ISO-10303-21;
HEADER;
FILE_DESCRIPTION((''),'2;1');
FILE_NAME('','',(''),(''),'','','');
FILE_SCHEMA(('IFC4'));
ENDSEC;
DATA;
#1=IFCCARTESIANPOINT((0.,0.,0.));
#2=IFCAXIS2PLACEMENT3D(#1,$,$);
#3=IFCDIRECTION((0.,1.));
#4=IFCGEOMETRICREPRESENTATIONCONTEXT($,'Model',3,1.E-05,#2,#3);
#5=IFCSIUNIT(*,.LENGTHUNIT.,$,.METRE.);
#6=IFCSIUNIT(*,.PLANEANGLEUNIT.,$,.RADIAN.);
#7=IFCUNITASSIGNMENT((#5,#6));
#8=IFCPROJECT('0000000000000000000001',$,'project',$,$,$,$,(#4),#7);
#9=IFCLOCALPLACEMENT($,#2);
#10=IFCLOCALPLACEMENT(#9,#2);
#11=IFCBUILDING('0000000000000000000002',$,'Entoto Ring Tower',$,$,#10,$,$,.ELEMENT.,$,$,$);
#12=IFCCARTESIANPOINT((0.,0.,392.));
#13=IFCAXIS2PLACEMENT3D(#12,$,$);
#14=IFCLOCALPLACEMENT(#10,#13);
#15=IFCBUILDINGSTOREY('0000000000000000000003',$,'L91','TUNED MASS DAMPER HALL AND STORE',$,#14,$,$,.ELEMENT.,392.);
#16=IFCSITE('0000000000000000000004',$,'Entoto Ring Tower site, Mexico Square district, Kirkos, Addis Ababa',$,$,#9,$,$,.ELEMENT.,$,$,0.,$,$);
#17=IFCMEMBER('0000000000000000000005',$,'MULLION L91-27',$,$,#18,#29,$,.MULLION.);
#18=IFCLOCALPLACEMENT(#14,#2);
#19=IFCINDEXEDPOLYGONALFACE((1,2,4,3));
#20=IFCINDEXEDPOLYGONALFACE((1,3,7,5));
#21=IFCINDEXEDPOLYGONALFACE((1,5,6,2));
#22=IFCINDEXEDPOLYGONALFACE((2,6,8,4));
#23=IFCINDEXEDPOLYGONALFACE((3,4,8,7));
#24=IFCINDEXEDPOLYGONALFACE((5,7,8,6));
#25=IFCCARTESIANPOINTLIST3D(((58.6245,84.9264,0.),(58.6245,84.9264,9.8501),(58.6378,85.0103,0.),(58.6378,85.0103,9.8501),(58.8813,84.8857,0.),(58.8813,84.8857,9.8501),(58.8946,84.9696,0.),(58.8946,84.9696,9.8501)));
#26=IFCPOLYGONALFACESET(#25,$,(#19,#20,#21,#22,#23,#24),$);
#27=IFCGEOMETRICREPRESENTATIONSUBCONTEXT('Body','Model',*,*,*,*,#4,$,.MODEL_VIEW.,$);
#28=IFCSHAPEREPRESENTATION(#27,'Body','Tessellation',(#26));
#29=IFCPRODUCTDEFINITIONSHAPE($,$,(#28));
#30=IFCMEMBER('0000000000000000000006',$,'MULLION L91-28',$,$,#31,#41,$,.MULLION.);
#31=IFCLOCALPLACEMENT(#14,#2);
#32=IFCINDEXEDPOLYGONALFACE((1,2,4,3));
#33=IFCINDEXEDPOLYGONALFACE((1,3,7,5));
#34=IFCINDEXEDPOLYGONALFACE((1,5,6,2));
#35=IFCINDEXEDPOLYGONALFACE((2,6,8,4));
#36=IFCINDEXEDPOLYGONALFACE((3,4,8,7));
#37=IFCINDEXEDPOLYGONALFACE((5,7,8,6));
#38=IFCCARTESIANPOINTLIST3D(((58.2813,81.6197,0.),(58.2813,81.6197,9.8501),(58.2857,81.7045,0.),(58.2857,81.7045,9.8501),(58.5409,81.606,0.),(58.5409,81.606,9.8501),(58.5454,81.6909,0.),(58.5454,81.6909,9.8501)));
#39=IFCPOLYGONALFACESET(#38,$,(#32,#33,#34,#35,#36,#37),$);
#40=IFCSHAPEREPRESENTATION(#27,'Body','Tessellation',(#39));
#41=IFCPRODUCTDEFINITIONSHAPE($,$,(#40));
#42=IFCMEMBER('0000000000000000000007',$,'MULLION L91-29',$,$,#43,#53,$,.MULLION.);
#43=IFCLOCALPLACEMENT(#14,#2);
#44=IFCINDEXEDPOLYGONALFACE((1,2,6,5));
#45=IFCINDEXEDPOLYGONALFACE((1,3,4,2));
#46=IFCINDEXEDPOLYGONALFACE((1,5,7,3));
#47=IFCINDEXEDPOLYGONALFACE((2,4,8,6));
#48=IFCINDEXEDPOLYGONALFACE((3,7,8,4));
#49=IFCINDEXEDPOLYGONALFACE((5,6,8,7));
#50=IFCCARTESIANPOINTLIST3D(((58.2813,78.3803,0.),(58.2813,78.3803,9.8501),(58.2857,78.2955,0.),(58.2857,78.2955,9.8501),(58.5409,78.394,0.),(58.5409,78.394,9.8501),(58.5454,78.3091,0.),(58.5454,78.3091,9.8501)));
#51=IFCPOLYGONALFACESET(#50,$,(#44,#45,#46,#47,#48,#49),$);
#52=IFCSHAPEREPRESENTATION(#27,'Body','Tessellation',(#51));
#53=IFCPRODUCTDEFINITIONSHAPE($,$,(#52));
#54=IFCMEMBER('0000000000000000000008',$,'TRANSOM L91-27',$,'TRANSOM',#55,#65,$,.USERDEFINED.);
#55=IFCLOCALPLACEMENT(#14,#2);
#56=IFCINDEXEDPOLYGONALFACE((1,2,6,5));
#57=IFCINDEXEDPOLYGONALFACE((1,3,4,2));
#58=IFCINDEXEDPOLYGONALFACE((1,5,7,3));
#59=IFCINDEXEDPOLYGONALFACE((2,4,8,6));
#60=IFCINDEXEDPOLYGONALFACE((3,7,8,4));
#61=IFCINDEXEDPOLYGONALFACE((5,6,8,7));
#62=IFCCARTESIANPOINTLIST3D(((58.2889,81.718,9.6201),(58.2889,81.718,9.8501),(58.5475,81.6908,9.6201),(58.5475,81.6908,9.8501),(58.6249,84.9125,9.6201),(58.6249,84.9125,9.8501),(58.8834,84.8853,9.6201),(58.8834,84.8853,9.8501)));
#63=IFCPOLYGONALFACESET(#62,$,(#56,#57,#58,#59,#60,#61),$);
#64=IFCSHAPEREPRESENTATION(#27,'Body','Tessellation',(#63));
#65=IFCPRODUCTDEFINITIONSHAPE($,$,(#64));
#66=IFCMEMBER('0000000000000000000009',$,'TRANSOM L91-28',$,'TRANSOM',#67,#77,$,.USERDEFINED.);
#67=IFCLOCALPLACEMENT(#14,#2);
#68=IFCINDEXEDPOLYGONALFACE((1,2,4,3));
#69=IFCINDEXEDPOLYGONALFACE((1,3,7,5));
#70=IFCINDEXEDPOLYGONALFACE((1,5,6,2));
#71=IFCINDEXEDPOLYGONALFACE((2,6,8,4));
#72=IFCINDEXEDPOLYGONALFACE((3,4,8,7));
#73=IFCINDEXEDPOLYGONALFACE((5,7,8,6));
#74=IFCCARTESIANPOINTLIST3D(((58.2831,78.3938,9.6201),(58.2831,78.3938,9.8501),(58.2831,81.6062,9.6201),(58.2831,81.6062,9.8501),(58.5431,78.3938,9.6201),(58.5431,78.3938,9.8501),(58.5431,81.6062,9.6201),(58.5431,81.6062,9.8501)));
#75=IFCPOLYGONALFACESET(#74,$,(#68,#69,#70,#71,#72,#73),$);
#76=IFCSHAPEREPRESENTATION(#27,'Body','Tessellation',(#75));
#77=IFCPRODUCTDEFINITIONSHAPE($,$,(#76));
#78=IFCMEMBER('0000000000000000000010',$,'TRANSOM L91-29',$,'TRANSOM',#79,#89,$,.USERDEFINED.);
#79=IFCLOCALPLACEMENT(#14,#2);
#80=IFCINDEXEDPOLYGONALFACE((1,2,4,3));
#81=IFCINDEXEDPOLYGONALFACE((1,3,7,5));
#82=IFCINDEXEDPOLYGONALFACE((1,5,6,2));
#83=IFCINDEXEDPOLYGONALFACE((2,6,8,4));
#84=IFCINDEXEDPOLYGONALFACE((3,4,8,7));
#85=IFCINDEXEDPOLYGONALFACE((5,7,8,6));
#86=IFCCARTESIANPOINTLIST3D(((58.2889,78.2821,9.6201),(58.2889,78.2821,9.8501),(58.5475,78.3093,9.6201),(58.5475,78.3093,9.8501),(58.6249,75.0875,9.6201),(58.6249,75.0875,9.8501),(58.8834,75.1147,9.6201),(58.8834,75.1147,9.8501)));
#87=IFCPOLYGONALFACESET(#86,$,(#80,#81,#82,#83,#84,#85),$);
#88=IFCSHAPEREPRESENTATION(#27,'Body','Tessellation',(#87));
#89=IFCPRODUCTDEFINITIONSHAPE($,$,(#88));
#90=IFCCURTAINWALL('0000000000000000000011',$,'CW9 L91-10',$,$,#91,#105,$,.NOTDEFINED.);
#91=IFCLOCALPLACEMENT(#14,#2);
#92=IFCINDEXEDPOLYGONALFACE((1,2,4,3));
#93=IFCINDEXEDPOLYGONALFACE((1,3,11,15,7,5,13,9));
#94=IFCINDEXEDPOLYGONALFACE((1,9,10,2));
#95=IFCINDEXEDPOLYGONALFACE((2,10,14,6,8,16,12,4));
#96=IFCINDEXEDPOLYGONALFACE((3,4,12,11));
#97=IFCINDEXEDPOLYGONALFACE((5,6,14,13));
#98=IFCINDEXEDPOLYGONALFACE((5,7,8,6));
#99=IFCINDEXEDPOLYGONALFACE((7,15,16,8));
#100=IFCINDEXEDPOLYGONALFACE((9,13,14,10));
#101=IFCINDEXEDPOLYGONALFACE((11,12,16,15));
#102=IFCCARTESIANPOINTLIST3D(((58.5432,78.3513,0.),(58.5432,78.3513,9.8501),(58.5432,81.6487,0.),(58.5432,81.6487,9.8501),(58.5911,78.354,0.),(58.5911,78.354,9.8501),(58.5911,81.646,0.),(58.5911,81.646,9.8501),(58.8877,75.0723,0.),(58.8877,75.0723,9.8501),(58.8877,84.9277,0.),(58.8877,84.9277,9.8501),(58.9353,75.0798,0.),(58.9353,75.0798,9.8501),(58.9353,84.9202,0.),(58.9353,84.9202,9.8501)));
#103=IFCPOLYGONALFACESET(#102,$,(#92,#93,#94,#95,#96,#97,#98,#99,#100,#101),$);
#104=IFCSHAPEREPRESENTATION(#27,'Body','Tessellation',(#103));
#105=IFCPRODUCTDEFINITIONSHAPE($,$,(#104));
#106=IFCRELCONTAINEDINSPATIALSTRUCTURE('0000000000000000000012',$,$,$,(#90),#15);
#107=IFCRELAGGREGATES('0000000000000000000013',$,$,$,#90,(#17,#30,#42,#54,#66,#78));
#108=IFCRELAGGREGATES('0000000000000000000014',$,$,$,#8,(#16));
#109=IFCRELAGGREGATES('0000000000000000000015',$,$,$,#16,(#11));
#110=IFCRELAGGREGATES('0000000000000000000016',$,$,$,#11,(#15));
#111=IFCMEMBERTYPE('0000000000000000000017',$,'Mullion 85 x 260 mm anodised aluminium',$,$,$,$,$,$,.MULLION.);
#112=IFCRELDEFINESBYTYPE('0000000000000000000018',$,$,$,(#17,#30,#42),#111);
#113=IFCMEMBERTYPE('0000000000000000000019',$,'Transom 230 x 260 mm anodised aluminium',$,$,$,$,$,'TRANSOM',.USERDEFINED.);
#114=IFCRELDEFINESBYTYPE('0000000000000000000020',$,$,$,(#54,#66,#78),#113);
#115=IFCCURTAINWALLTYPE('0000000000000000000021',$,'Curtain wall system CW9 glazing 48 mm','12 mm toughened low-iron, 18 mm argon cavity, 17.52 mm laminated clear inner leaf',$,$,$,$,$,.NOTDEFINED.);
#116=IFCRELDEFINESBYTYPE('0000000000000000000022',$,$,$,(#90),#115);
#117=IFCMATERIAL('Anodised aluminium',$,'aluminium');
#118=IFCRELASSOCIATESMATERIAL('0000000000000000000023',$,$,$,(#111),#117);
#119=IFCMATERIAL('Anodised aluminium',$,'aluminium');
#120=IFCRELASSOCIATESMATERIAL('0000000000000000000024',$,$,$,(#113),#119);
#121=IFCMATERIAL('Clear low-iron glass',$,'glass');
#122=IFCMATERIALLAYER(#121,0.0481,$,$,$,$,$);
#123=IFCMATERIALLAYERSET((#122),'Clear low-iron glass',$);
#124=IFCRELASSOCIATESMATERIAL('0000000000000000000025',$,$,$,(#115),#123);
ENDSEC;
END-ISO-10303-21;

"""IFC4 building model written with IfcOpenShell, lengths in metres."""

from ifc_helpers import new_model, si_unit, direction, frame, origin, origin_2d, place, context, subcontext, project, spatial, polyline, rectangle, outline, extrude, material, layer, layer_set, material_profile, profile_set, type_object, element, aggregate, save


model = new_model("IFC4")

# Units and contexts
model_context = context("Model", 3, precision=1e-05, world=origin(), true_north=direction((0.0, 1.0)))
body_context = subcontext(model_context, "Body", "Model", "MODEL_VIEW")
ifc_project = project(units=[si_unit("LENGTHUNIT", "METRE"), si_unit("PLANEANGLEUNIT", "RADIAN")], contexts=[model_context])

# Members
ifc_material_1 = material(Name="Anodised aluminium", Category="aluminium")
ifc_material_profile_1 = material_profile(ifc_material_1, rectangle(XDim=0.085, YDim=0.26, at=origin_2d()), Name="Mullion 85 x 260 mm anodised aluminium")
ifc_profile_set_1 = profile_set([ifc_material_profile_1], Name="Anodised aluminium")
member_type_1 = type_object("IfcMemberType", Name="Mullion 85 x 260 mm anodised aluminium", PredefinedType="MULLION", material=ifc_profile_set_1)
site_placement = place(None, origin())
building_placement = place(site_placement, origin())
storey_placement = place(building_placement, frame((0.0, 0.0, 392.0)))
member_1_placement = place(storey_placement, frame((58.7595, 84.948, 0.0), z_axis=(0.0, 0.0, 1.0), x_axis=(-0.156434, -0.987688, 0.0)))
member_1 = element("IfcMember", 1, at=member_1_placement, type_object=member_type_1, Name="MULLION L91-27", PredefinedType="MULLION", context=body_context, shape_type="SweptSolid", body=[
    extrude(rectangle(XDim=0.085, YDim=0.26, at=origin_2d()), origin(), (0.0, 0.0, 1.0), 9.8501),
])
member_2_placement = place(storey_placement, frame((58.4133, 81.6553, 0.0), z_axis=(0.0, 0.0, 1.0), x_axis=(-0.052336, -0.99863, 0.0)))
member_2 = element("IfcMember", 2, at=member_2_placement, type_object=member_type_1, Name="MULLION L91-28", PredefinedType="MULLION", context=body_context, shape_type="SweptSolid", body=[
    extrude(rectangle(XDim=0.085, YDim=0.26, at=origin_2d()), origin(), (0.0, 0.0, 1.0), 9.8501),
])
member_3_placement = place(storey_placement, frame((58.4133, 78.3447, 0.0), z_axis=(0.0, 0.0, 1.0), x_axis=(0.052336, -0.99863, 0.0)))
member_3 = element("IfcMember", 3, at=member_3_placement, type_object=member_type_1, Name="MULLION L91-29", PredefinedType="MULLION", context=body_context, shape_type="SweptSolid", body=[
    extrude(rectangle(XDim=0.085, YDim=0.26, at=origin_2d()), origin(), (0.0, 0.0, 1.0), 9.8501),
])
ifc_material_2 = material(Name="Anodised aluminium", Category="aluminium")
ifc_material_profile_2 = material_profile(ifc_material_2, rectangle(XDim=0.26, YDim=0.23, at=origin_2d()), Name="Transom 230 x 260 mm anodised aluminium")
ifc_profile_set_2 = profile_set([ifc_material_profile_2], Name="Anodised aluminium")
member_type_2 = type_object("IfcMemberType", Name="Transom 230 x 260 mm anodised aluminium", ElementType="TRANSOM", PredefinedType="USERDEFINED", material=ifc_profile_set_2)
member_4_placement = place(storey_placement, frame((58.7542, 84.8989, 9.7351), z_axis=(-0.104582, -0.994516, 0.0), x_axis=(0.994516, -0.104582, 0.0)))
member_4 = element("IfcMember", 4, at=member_4_placement, type_object=member_type_2, Name="TRANSOM L91-27", ObjectType="TRANSOM", PredefinedType="USERDEFINED", context=body_context, shape_type="SweptSolid", body=[
    extrude(rectangle(XDim=0.26, YDim=0.23, at=origin_2d()), origin(), (0.0, 0.0, 1.0), 3.2122),
])
member_5_placement = place(storey_placement, frame((58.4131, 81.6062, 9.7351), z_axis=(0.0, -1.0, 0.0), x_axis=(1.0, 0.0, 0.0)))
member_5 = element("IfcMember", 5, at=member_5_placement, type_object=member_type_2, Name="TRANSOM L91-28", ObjectType="TRANSOM", PredefinedType="USERDEFINED", context=body_context, shape_type="SweptSolid", body=[
    extrude(rectangle(XDim=0.26, YDim=0.23, at=origin_2d()), origin(), (0.0, 0.0, 1.0), 3.2124),
])
member_6_placement = place(storey_placement, frame((58.4182, 78.2957, 9.7351), z_axis=(0.104582, -0.994516, 0.0), x_axis=(0.994516, 0.104582, 0.0)))
member_6 = element("IfcMember", 6, at=member_6_placement, type_object=member_type_2, Name="TRANSOM L91-29", ObjectType="TRANSOM", PredefinedType="USERDEFINED", context=body_context, shape_type="SweptSolid", body=[
    extrude(rectangle(XDim=0.26, YDim=0.23, at=origin_2d()), origin(), (0.0, 0.0, 1.0), 3.2122),
])

# Site, building, storey
site = spatial("IfcSite", under=ifc_project, at=site_placement, Name="Entoto Ring Tower site, Mexico Square district, Kirkos, Addis Ababa", CompositionType="ELEMENT", RefElevation=0.0)
building = spatial("IfcBuilding", under=site, at=building_placement, Name="Entoto Ring Tower", CompositionType="ELEMENT")
storey = spatial("IfcBuildingStorey", under=building, at=storey_placement, Name="L91", Description="TUNED MASS DAMPER HALL AND STORE", CompositionType="ELEMENT", Elevation=392.0)

# Curtain wall
ifc_material_3 = material(Name="Clear low-iron glass", Category="glass")
ifc_layer = layer(ifc_material_3, 0.0481)
ifc_layer_set = layer_set([ifc_layer], Name="Clear low-iron glass")
curtain_wall_type = type_object("IfcCurtainWallType", Name="Curtain wall system CW9 glazing 48 mm", Description="12 mm toughened low-iron, 18 mm argon cavity, 17.52 mm laminated clear inner leaf", PredefinedType="NOTDEFINED", material=ifc_layer_set)
curtain_wall_1_placement = place(storey_placement, origin())
curtain_wall_1 = element("IfcCurtainWall", 7, at=curtain_wall_1_placement, inside=storey, type_object=curtain_wall_type, Name="CW9 L91-10", PredefinedType="NOTDEFINED", context=body_context, shape_type="SweptSolid", body=[
    extrude(outline(polyline([(58.8877, 84.9277), (58.5432, 81.6487), (58.5432, 78.3513), (58.8877, 75.0723), (58.9353, 75.0798), (58.5911, 78.354), (58.5911, 81.646), (58.9353, 84.9202), (58.8877, 84.9277)])), origin(), (0.0, 0.0, 1.0), 9.8501),
])
aggregate(curtain_wall_1, [member_1, member_2, member_3, member_4, member_5, member_6])

save(model, "model.ifc")
